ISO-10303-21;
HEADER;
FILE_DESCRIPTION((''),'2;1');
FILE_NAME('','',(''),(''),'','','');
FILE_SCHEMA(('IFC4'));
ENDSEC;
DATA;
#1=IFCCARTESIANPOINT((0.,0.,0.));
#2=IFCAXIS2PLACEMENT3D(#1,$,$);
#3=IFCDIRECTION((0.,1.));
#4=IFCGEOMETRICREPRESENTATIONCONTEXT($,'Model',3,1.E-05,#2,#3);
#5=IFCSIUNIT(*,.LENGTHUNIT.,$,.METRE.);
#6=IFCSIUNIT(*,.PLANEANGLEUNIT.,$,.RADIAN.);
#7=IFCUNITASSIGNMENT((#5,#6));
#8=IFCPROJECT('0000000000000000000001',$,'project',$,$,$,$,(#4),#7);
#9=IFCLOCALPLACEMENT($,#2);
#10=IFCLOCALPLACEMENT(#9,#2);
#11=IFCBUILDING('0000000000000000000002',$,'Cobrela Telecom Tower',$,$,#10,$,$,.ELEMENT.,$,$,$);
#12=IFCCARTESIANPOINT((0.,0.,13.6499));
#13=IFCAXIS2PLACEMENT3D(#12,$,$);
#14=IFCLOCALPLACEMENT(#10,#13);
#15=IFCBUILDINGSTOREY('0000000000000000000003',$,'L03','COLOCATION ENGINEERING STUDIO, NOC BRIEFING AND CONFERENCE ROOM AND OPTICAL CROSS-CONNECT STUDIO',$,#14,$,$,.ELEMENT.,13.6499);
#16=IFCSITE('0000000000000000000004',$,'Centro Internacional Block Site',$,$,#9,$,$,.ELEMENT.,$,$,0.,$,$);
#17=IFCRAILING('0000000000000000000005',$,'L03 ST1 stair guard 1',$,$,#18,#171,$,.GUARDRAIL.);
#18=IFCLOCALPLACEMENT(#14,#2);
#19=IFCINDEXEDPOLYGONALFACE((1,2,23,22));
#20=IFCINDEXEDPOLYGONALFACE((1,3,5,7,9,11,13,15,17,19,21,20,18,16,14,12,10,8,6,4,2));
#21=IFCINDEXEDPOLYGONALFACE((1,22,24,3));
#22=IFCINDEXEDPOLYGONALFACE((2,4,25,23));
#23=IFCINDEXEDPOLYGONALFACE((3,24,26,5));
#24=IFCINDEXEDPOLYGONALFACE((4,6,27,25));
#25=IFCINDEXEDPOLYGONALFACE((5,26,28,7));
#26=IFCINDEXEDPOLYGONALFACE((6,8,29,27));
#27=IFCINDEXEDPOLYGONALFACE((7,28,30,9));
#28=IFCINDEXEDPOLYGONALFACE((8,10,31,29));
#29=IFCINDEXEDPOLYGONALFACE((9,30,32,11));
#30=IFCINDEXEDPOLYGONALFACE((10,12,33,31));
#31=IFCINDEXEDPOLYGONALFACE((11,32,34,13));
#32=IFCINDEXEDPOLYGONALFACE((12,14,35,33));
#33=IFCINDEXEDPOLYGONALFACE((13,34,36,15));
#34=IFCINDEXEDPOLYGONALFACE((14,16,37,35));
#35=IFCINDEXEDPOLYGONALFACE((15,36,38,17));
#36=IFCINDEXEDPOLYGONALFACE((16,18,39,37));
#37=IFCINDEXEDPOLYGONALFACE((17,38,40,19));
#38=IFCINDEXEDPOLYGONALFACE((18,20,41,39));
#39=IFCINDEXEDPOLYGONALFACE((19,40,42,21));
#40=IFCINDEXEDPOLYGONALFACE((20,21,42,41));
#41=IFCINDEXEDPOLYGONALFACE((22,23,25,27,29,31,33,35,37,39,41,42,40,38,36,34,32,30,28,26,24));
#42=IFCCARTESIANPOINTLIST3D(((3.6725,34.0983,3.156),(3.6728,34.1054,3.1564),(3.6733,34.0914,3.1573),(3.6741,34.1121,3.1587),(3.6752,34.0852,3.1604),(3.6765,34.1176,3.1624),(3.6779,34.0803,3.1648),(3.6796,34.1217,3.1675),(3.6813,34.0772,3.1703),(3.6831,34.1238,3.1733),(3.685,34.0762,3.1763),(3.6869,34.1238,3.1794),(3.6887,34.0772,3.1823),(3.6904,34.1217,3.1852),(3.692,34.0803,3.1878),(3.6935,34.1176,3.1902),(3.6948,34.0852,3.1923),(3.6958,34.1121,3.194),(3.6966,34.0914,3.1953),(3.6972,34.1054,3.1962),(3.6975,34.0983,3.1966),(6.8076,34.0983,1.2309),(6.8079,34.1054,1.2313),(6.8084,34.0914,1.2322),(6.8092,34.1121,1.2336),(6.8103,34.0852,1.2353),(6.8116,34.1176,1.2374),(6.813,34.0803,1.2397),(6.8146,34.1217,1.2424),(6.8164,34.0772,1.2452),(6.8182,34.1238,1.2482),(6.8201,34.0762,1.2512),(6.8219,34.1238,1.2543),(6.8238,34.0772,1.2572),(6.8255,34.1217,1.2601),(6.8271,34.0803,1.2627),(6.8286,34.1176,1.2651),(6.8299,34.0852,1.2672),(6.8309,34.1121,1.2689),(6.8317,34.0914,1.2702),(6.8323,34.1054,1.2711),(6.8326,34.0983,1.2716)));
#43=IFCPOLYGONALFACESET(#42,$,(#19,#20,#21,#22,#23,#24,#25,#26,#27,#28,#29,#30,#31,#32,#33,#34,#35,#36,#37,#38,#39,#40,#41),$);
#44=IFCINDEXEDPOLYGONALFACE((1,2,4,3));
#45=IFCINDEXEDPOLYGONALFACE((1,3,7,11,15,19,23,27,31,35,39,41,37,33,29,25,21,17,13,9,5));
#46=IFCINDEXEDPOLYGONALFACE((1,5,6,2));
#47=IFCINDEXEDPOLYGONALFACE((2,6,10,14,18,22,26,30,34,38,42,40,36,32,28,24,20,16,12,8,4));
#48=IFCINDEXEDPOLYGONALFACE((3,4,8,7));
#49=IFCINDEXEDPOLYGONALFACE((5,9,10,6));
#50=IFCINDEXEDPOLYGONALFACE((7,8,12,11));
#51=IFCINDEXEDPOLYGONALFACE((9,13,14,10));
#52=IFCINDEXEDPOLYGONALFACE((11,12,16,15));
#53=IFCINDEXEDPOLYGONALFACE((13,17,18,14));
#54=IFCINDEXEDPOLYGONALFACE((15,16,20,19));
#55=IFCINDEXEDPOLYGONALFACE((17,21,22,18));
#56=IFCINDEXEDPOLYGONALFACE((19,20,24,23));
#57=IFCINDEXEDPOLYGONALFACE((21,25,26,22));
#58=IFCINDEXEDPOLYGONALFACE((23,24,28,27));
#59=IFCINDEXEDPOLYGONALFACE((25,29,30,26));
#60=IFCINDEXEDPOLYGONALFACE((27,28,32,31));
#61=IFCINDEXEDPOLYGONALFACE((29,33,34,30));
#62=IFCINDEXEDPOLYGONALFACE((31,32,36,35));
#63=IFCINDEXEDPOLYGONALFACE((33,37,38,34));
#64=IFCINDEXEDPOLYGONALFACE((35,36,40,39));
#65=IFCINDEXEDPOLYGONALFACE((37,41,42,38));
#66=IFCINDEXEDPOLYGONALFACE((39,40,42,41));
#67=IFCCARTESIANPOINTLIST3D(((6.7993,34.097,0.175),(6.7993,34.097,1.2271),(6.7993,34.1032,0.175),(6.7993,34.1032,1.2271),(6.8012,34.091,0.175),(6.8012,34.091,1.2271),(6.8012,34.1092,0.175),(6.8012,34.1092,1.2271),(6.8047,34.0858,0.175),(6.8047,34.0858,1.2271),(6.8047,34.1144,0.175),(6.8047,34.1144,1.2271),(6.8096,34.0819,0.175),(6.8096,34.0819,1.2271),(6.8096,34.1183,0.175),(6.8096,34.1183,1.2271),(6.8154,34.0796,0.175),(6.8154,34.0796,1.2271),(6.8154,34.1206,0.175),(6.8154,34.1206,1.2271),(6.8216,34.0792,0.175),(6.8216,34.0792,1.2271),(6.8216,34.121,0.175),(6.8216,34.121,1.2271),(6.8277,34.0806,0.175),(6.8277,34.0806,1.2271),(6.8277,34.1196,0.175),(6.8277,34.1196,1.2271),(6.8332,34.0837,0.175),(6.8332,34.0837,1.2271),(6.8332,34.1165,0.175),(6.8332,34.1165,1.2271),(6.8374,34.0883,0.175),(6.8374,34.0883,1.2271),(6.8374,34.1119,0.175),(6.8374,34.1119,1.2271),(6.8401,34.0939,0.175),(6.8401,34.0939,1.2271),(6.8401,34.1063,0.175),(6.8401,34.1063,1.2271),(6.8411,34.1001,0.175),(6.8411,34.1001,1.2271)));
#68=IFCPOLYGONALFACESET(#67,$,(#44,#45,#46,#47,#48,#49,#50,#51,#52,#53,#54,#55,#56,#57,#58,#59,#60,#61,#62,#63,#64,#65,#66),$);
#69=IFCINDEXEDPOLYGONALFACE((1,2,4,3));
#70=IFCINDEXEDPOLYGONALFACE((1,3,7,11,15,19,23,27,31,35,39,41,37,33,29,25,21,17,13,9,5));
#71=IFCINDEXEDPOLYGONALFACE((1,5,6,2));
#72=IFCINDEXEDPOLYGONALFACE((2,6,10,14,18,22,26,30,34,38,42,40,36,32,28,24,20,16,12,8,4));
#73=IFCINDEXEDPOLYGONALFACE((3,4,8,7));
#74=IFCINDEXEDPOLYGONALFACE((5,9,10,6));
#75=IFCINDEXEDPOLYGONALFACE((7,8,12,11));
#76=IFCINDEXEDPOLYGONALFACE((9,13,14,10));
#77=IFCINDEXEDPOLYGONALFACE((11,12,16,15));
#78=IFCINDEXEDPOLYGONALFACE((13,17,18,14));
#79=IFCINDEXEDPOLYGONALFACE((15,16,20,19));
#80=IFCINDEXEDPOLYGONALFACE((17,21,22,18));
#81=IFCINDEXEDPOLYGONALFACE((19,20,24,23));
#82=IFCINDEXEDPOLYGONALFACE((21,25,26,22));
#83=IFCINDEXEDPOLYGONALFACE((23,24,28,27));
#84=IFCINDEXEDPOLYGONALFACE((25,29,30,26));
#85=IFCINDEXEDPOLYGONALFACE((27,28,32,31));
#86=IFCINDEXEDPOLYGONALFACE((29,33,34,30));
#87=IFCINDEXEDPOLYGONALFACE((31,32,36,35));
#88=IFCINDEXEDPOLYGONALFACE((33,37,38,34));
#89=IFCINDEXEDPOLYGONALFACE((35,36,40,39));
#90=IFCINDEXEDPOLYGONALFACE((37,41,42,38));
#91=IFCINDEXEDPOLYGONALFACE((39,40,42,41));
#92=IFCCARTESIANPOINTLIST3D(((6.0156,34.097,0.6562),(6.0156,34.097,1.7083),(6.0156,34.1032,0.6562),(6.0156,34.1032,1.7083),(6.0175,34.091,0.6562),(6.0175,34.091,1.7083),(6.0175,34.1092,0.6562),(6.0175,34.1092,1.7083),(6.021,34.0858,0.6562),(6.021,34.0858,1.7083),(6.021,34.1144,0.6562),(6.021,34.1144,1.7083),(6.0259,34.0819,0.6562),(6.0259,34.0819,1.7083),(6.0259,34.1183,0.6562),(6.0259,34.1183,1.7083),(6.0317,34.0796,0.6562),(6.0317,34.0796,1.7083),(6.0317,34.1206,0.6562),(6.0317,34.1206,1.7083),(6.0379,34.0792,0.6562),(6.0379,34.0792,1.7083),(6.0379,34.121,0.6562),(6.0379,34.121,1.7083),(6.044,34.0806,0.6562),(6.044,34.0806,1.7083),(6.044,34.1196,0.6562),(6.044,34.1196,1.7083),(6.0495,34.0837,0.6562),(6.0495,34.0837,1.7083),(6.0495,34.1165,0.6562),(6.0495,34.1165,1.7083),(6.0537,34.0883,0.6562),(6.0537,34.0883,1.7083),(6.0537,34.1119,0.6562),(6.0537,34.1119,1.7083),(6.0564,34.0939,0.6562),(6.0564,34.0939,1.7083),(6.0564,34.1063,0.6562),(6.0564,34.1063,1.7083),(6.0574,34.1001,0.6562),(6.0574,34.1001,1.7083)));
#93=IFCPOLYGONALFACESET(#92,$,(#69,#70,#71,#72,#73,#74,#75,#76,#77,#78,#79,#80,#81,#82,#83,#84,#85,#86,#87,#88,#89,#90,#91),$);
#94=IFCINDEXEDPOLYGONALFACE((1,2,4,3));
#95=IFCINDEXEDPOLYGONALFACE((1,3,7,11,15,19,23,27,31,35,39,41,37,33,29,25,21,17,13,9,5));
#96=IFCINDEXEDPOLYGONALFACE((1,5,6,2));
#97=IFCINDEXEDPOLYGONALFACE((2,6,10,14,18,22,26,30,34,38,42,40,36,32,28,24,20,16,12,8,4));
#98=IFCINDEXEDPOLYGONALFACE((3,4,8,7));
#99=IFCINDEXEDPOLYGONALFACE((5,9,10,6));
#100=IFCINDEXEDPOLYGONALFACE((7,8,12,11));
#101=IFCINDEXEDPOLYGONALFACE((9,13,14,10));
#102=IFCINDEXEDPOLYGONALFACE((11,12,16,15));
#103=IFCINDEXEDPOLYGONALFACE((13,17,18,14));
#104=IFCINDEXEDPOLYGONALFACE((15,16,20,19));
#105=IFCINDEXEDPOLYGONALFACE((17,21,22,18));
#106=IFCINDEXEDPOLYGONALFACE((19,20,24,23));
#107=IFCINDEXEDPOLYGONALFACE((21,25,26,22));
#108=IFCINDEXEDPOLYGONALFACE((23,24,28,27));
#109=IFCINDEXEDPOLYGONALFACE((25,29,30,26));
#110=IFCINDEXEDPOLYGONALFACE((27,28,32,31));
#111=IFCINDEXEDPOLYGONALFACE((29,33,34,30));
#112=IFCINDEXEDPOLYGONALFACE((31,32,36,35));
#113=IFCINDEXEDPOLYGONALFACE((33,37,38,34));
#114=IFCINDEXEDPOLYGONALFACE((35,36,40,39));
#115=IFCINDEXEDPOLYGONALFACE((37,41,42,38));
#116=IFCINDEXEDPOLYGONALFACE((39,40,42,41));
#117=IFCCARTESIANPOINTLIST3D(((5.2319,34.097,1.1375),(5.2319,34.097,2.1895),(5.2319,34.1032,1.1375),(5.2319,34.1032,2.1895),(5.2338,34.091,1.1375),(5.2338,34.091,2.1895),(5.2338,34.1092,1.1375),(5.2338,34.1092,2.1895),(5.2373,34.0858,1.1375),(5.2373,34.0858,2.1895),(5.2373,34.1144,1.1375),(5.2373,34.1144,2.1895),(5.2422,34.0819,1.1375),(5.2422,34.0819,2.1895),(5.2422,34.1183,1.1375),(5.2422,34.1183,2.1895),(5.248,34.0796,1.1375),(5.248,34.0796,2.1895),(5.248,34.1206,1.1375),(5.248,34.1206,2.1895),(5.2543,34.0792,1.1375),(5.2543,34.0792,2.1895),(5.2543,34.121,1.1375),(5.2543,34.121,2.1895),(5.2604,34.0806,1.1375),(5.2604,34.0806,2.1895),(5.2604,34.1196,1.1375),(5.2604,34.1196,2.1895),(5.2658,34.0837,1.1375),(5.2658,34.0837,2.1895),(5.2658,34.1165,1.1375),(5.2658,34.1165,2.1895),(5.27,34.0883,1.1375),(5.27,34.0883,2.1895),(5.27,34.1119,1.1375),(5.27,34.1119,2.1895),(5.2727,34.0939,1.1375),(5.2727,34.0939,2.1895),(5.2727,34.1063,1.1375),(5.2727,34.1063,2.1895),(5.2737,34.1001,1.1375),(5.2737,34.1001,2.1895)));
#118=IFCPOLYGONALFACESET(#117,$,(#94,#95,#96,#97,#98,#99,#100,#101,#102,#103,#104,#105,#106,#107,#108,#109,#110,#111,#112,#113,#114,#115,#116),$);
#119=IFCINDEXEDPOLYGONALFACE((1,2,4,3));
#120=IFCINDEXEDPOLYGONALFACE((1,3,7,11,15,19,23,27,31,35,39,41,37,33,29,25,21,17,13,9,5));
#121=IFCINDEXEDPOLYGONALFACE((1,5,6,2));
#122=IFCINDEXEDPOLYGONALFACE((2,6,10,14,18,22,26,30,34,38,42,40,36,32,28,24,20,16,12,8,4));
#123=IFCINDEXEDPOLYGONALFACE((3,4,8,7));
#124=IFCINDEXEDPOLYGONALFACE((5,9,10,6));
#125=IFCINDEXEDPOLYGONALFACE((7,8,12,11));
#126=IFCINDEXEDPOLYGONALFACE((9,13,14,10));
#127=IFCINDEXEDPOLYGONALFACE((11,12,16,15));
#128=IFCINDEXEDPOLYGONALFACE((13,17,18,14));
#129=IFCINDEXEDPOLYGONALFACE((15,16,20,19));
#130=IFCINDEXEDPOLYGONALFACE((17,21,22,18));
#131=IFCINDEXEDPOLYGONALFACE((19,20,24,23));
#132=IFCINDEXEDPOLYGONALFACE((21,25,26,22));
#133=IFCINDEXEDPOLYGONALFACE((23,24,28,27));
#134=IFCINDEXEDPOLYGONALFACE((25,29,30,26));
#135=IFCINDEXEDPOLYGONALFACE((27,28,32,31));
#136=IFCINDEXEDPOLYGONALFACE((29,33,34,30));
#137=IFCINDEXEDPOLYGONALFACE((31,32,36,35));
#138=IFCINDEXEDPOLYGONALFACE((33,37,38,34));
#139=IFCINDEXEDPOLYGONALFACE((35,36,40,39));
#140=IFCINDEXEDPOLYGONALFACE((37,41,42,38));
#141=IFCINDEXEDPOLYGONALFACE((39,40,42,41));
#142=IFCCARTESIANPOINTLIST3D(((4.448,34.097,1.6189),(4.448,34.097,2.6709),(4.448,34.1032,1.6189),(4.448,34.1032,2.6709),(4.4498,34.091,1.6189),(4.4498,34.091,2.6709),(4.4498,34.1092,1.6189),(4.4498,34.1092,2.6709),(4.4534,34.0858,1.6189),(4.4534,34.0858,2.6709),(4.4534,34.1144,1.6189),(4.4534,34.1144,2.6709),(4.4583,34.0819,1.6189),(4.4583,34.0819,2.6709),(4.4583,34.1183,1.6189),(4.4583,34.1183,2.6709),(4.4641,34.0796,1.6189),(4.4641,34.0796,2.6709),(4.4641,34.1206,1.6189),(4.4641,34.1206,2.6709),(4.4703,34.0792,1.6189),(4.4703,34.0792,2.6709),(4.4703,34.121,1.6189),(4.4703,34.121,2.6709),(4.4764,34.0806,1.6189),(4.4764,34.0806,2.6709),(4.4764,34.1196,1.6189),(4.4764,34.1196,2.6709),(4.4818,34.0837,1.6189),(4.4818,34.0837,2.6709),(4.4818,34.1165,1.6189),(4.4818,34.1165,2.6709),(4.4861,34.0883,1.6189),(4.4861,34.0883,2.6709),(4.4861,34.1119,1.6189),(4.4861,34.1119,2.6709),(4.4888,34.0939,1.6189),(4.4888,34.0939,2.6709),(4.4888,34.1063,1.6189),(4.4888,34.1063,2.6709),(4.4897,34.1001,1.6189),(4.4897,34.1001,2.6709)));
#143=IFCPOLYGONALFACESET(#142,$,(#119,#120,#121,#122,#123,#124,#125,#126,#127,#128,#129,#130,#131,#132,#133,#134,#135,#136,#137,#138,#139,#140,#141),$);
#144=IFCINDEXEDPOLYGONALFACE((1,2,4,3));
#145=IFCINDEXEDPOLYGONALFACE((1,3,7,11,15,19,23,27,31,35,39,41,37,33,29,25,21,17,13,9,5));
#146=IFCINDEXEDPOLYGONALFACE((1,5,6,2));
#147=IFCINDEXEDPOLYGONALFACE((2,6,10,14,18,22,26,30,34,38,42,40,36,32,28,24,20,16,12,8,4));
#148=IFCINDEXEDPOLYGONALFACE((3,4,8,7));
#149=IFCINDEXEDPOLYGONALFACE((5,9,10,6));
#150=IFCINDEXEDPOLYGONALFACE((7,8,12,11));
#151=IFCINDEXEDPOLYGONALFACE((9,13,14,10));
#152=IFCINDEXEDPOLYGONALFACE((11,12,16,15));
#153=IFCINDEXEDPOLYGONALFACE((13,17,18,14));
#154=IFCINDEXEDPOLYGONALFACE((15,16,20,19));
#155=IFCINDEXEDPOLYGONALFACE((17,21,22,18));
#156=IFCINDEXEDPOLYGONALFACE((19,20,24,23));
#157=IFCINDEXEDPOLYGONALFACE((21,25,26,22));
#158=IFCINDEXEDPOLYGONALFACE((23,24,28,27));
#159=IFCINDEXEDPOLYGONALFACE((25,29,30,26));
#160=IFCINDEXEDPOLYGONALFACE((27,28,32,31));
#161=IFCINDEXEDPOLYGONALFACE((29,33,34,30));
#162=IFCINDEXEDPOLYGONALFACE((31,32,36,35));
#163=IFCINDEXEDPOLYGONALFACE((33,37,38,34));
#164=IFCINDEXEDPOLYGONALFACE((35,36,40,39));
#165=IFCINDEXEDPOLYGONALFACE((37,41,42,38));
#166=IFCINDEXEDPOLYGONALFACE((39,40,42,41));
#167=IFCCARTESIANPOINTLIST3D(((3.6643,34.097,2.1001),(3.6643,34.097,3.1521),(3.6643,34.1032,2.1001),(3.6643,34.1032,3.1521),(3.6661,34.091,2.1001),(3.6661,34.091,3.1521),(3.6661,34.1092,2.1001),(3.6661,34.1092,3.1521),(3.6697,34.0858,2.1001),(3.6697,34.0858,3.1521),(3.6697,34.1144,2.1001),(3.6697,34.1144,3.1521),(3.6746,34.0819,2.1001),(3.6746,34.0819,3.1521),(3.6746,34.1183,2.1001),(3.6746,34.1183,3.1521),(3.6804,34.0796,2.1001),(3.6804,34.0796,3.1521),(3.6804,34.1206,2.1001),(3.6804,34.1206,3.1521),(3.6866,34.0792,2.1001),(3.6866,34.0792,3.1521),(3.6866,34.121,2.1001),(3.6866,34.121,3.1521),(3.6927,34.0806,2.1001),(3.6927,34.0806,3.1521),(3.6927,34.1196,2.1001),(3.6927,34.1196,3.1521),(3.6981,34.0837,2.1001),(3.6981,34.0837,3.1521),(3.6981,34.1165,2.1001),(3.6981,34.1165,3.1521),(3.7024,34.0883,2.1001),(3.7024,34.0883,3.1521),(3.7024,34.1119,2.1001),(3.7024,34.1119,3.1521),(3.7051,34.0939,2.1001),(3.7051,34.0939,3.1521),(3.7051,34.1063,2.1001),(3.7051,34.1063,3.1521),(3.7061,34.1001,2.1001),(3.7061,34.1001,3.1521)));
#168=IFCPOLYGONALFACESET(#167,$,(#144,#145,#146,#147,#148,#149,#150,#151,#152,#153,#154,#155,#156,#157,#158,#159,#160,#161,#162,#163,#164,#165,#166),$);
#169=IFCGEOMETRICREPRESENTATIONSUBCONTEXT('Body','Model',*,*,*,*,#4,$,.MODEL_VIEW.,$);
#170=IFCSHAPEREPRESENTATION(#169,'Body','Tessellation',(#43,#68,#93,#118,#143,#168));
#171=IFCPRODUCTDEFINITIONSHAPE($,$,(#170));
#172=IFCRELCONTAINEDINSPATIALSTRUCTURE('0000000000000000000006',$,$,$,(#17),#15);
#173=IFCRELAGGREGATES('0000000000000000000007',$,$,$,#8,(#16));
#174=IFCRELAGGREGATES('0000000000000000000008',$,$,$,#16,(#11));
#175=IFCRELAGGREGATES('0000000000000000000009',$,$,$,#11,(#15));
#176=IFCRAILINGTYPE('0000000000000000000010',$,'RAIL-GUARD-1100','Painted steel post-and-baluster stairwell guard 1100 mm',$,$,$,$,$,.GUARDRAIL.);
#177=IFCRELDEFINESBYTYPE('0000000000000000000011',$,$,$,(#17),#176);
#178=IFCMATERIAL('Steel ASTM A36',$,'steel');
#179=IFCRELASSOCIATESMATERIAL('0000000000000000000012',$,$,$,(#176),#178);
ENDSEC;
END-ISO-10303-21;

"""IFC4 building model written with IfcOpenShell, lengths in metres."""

from ifc_helpers import new_model, si_unit, direction, frame, origin, origin_2d, place, context, subcontext, project, spatial, circle, extrude, material, type_object, element, save


model = new_model("IFC4")

# Units and contexts
model_context = context("Model", 3, precision=1e-05, world=origin(), true_north=direction((0.0, 1.0)))
body_context = subcontext(model_context, "Body", "Model", "MODEL_VIEW")
ifc_project = project(units=[si_unit("LENGTHUNIT", "METRE"), si_unit("PLANEANGLEUNIT", "RADIAN")], contexts=[model_context])

# Site, building, storey
site_placement = place(None, origin())
site = spatial("IfcSite", under=ifc_project, at=site_placement, Name="Centro Internacional Block Site", CompositionType="ELEMENT", RefElevation=0.0)
building_placement = place(site_placement, origin())
building = spatial("IfcBuilding", under=site, at=building_placement, Name="Cobrela Telecom Tower", CompositionType="ELEMENT")
storey_placement = place(building_placement, frame((0.0, 0.0, 13.6499)))
storey = spatial("IfcBuildingStorey", under=building, at=storey_placement, Name="L03", Description="COLOCATION ENGINEERING STUDIO, NOC BRIEFING AND CONFERENCE ROOM AND OPTICAL CROSS-CONNECT STUDIO", CompositionType="ELEMENT", Elevation=13.6499)

# Shared definitions
ifc_material_1 = material(Name="Steel ASTM A36", Category="steel")

# Railing
railing_type_1 = type_object("IfcRailingType", Name="RAIL-GUARD-1100", Description="Painted steel post-and-baluster stairwell guard 1100 mm", PredefinedType="GUARDRAIL", material=ifc_material_1)
railing_1_placement = place(storey_placement, frame((6.8201, 34.1001, 0.175)))
element("IfcRailing", 1, at=railing_1_placement, inside=storey, type_object=railing_type_1, Name="L03 ST1 stair guard 1", PredefinedType="GUARDRAIL", context=body_context, shape_type="SweptSolid", body=[
    extrude(circle(Radius=0.0239, at=origin_2d()), frame((0.0, 0.0, 1.0762), z_axis=(-0.852166, 0.0, 0.523271), x_axis=(0.0, -1.0, 0.0)), (0.0, 0.0, 1.0), 3.679),
    extrude(circle(Radius=0.021, at=origin_2d()), origin(), (0.0, 0.0, 1.0), 1.052),
    extrude(circle(Radius=0.021, at=origin_2d()), frame((-0.7837, 0.0, 0.4812)), (0.0, 0.0, 1.0), 1.052),
    extrude(circle(Radius=0.021, at=origin_2d()), frame((-1.5674, 0.0, 0.9624)), (0.0, 0.0, 1.0), 1.052),
    extrude(circle(Radius=0.021, at=origin_2d()), frame((-2.3513, 0.0, 1.4438)), (0.0, 0.0, 1.0), 1.052),
    extrude(circle(Radius=0.021, at=origin_2d()), frame((-3.135, 0.0, 1.925)), (0.0, 0.0, 1.0), 1.052),
])

save(model, "model.ifc")
